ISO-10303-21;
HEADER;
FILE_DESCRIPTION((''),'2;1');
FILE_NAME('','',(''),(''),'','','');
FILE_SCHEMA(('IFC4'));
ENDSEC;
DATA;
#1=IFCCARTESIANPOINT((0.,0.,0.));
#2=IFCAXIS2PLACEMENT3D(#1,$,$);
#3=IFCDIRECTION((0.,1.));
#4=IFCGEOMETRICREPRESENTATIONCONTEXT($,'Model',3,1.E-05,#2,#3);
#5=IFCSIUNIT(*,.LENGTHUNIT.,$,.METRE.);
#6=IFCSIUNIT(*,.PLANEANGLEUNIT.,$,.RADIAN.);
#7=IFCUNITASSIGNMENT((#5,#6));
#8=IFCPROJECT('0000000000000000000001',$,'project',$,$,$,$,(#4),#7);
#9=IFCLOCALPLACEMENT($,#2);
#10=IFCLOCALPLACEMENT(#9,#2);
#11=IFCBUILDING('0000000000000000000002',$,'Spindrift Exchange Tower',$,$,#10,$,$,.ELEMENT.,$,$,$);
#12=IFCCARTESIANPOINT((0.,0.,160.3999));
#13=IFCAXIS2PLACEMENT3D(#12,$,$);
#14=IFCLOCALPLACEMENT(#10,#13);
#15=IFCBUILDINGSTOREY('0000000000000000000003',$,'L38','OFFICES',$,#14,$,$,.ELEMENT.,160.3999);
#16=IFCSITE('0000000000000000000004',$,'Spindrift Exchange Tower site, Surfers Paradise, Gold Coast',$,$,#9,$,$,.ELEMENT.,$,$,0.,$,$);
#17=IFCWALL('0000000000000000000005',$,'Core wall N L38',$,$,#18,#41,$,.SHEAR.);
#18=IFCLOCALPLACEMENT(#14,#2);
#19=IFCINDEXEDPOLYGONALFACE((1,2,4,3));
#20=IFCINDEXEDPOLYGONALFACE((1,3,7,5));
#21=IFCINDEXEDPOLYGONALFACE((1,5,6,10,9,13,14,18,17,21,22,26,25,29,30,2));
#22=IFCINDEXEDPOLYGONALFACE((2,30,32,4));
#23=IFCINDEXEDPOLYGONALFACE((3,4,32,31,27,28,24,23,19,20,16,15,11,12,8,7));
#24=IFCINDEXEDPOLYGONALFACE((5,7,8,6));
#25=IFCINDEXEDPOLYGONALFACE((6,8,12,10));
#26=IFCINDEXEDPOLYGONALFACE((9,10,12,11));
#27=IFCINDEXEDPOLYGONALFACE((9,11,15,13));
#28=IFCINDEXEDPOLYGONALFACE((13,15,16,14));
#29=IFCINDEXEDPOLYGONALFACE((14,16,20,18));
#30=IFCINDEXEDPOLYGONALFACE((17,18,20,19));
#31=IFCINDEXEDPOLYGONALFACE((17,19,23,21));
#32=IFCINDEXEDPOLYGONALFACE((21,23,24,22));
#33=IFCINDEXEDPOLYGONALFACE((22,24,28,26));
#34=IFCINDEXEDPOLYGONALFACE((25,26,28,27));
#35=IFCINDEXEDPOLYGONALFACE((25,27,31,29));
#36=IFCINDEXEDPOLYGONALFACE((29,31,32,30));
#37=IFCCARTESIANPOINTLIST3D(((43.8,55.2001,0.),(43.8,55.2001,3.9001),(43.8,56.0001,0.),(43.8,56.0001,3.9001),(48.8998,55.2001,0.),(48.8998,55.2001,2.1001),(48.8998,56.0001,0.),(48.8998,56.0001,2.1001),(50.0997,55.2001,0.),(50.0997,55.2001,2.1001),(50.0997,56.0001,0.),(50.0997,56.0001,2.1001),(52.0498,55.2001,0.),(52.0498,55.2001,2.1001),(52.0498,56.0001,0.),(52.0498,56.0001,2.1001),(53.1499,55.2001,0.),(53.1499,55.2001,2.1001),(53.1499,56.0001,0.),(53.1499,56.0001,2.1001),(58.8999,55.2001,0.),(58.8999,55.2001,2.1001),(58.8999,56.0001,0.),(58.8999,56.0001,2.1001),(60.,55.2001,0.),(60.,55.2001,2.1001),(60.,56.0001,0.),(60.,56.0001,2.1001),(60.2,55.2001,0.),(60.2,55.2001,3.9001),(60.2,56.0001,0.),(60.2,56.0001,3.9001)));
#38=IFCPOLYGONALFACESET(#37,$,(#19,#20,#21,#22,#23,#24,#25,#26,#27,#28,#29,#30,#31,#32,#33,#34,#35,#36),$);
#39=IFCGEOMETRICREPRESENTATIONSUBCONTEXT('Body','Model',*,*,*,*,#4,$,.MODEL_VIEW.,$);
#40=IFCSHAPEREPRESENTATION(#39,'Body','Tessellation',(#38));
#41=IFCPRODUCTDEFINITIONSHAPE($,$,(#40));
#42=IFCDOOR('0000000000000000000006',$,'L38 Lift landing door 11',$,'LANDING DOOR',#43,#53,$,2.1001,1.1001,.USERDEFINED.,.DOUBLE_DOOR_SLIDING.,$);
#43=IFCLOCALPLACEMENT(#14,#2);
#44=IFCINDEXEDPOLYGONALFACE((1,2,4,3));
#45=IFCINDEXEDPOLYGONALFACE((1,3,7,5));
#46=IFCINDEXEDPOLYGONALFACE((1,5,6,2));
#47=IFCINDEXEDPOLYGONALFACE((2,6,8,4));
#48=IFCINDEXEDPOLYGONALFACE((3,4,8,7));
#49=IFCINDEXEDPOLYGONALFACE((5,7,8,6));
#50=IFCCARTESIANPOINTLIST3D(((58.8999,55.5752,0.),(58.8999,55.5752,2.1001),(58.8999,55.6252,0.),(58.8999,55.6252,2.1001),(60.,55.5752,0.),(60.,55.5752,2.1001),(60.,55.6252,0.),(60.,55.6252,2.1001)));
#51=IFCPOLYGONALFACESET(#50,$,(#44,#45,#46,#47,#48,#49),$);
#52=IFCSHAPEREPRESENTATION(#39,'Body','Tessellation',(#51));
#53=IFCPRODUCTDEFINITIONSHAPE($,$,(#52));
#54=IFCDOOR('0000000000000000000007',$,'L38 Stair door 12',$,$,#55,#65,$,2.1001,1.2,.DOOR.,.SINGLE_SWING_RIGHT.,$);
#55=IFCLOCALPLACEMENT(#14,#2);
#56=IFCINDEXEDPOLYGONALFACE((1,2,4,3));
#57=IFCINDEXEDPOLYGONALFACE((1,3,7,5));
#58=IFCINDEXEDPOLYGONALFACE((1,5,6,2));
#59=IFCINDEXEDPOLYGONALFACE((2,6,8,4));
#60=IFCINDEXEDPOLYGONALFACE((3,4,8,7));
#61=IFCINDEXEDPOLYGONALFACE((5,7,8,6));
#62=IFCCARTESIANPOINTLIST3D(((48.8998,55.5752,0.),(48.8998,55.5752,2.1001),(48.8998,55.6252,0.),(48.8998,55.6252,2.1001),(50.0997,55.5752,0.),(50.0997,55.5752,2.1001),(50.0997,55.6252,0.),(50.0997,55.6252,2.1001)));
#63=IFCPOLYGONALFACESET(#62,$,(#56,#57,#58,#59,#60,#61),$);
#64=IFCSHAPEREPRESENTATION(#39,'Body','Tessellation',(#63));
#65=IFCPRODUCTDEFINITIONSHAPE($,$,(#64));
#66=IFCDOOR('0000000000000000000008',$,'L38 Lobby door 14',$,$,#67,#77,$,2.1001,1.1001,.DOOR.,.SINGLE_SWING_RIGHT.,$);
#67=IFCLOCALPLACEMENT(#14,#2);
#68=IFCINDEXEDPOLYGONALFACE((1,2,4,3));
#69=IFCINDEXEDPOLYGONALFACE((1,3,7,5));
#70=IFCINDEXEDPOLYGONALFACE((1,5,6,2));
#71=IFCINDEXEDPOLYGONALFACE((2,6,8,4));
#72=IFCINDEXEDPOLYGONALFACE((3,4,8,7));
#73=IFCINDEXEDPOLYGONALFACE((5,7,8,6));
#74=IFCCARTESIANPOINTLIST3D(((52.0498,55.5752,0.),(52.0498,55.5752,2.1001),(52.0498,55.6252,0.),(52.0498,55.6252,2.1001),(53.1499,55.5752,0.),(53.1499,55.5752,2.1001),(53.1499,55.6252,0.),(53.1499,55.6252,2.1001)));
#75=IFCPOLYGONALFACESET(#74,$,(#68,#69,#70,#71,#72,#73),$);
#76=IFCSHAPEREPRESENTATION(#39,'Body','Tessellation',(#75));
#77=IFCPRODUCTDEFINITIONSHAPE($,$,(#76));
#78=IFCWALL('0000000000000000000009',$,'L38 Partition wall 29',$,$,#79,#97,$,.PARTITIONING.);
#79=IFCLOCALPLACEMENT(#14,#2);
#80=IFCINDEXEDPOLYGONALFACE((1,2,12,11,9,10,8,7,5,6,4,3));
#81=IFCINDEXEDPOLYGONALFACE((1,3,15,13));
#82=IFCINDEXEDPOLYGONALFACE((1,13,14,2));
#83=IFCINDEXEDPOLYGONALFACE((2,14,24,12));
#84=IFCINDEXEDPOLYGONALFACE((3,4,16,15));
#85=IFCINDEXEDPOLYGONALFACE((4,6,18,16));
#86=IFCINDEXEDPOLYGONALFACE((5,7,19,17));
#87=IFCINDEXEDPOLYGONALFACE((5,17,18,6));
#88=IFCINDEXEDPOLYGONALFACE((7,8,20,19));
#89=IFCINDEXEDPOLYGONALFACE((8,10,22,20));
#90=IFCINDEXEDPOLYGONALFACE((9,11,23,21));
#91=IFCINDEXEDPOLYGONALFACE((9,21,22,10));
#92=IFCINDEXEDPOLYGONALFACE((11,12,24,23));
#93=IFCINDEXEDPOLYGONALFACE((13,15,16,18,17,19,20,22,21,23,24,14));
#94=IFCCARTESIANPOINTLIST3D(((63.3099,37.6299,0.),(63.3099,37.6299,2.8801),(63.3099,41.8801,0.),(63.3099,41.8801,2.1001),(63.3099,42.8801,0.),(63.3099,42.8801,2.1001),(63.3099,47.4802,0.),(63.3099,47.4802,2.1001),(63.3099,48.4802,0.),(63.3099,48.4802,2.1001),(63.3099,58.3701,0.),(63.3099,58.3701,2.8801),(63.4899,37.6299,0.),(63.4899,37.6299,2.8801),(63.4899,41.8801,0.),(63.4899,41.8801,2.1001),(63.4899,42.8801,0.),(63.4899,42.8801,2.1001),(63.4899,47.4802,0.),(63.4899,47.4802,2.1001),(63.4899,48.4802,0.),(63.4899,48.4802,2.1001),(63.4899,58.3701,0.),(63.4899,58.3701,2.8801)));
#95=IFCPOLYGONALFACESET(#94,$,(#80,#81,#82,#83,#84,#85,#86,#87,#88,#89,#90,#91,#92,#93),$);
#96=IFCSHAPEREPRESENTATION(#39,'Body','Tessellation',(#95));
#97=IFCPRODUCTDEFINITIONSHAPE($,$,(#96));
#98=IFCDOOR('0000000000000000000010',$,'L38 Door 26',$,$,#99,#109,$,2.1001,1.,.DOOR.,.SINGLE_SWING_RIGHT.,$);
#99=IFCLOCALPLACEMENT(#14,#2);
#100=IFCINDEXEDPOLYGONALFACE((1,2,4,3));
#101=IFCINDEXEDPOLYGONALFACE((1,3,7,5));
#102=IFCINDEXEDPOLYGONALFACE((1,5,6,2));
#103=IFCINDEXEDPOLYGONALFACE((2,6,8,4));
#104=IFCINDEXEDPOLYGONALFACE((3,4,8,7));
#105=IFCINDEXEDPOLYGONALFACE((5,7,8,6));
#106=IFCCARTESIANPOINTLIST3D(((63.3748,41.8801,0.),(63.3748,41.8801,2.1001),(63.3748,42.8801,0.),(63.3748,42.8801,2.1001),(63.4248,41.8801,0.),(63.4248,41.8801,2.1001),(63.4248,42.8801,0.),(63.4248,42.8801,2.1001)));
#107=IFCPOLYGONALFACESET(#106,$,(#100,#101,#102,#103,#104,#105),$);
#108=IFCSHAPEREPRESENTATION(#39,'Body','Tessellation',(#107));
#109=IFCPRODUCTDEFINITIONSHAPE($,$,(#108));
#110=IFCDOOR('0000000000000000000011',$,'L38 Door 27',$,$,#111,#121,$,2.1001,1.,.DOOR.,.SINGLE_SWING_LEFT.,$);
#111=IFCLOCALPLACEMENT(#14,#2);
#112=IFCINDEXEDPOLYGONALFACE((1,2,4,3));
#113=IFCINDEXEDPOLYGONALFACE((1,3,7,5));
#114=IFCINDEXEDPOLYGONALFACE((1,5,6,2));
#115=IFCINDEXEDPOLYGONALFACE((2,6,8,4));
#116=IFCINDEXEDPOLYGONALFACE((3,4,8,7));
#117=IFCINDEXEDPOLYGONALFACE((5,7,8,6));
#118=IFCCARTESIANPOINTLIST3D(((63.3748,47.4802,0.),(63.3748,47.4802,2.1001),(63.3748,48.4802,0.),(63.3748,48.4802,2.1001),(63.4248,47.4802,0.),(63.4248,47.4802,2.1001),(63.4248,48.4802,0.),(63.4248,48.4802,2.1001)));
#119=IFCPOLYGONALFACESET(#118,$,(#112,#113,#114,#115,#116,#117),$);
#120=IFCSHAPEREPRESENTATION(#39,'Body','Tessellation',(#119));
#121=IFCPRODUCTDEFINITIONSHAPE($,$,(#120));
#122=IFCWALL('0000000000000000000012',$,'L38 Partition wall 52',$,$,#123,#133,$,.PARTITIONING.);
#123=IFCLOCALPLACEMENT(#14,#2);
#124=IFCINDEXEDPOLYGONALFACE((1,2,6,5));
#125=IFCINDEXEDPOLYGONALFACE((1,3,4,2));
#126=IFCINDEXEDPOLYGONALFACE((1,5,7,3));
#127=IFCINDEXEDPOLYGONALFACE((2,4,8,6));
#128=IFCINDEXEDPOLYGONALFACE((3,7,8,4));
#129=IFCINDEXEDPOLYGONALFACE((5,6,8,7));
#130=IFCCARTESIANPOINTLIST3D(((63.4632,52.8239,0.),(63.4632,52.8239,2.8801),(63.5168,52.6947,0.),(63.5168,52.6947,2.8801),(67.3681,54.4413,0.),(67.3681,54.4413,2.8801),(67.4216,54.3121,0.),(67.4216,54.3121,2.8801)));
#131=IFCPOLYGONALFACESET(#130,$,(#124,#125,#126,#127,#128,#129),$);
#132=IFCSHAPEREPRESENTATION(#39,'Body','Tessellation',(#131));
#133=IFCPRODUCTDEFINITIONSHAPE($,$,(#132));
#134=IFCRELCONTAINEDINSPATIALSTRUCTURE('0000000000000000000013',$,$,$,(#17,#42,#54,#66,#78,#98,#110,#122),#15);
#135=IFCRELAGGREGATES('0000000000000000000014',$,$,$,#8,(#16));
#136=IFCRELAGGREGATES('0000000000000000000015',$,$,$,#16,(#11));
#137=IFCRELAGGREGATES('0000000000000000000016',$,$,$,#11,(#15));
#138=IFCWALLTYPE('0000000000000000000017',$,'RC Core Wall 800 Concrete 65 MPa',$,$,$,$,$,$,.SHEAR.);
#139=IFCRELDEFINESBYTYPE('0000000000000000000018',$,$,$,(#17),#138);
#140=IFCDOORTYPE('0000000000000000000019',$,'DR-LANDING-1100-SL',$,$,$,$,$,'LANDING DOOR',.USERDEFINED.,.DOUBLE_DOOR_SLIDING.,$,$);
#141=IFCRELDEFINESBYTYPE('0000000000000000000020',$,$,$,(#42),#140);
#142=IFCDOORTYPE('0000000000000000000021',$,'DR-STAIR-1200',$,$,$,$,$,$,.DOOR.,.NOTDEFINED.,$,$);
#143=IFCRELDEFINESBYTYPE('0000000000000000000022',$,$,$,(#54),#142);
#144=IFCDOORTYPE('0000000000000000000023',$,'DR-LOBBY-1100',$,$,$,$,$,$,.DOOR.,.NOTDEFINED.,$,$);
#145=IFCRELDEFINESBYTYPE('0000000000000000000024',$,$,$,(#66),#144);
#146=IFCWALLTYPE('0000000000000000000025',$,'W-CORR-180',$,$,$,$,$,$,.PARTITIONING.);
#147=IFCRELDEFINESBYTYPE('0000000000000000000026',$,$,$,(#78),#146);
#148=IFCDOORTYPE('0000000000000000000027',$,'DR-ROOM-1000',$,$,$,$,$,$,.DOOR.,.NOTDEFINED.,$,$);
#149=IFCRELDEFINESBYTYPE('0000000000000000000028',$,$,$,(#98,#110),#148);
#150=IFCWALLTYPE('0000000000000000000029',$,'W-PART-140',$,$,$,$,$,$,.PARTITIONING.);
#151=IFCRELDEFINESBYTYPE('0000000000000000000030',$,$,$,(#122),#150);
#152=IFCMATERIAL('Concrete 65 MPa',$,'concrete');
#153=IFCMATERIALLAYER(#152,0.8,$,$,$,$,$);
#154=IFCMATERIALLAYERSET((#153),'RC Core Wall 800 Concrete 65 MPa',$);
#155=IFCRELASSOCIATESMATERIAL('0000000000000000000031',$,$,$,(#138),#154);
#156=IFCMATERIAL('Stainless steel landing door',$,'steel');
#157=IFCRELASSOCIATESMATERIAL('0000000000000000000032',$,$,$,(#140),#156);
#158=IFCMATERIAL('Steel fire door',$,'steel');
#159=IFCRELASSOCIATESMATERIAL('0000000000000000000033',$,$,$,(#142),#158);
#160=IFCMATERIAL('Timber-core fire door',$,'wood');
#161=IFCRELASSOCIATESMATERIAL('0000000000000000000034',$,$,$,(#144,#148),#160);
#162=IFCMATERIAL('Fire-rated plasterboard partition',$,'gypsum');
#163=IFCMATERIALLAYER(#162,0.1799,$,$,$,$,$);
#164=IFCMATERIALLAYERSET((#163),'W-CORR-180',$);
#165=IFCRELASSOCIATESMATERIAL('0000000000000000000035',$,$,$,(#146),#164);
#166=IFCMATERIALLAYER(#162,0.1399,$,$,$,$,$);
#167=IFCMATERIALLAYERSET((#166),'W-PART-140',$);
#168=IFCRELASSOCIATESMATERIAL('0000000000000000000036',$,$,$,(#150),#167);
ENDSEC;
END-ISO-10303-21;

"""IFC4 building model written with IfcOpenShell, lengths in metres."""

from ifc_helpers import new_model, si_unit, direction, frame, frame_2d, origin, place, context, subcontext, project, spatial, rectangle, extrude, source, transform, mapped, material, layer, layer_set, type_object, element, fill, save


model = new_model("IFC4")

# Units and contexts
model_context = context("Model", 3, precision=1e-05, world=origin(), true_north=direction((0.0, 1.0)))
body_context = subcontext(model_context, "Body", "Model", "MODEL_VIEW")
ifc_project = project(units=[si_unit("LENGTHUNIT", "METRE"), si_unit("PLANEANGLEUNIT", "RADIAN")], contexts=[model_context])

# Site, building, storey
site_placement = place(None, origin())
site = spatial("IfcSite", under=ifc_project, at=site_placement, Name="Spindrift Exchange Tower site, Surfers Paradise, Gold Coast", CompositionType="ELEMENT", RefElevation=0.0)
building_placement = place(site_placement, origin())
building = spatial("IfcBuilding", under=site, at=building_placement, Name="Spindrift Exchange Tower", CompositionType="ELEMENT")
storey_placement = place(building_placement, frame((0.0, 0.0, 160.3999)))
storey = spatial("IfcBuildingStorey", under=building, at=storey_placement, Name="L38", Description="OFFICES", CompositionType="ELEMENT", Elevation=160.3999)

# Walls, openings, doors
ifc_material_1 = material(Name="Concrete 65 MPa", Category="concrete")
ifc_layer_1 = layer(ifc_material_1, 0.8)
ifc_layer_set_1 = layer_set([ifc_layer_1], Name="RC Core Wall 800 Concrete 65 MPa")
wall_type_1 = type_object("IfcWallType", Name="RC Core Wall 800 Concrete 65 MPa", PredefinedType="SHEAR", material=ifc_layer_set_1)
wall_1_placement = place(storey_placement, frame((60.2, 55.6001, 0.0), z_axis=(0.0, 0.0, 1.0), x_axis=(-1.0, 0.0, 0.0)))
wall_1 = element("IfcWall", 1, at=wall_1_placement, inside=storey, type_object=wall_type_1, Name="Core wall N L38", PredefinedType="SHEAR", context=body_context, shape_type="SweptSolid", body=[
    extrude(rectangle(XDim=16.3999, YDim=0.8, at=frame_2d((8.2, 0.0))), origin(), (0.0, 0.0, 1.0), 3.9001),
])
opening_1_placement = place(wall_1_placement, frame((0.2, 0.0, 0.0)))
opening_1 = element("IfcOpeningElement", 2, at=opening_1_placement, cuts=wall_1, PredefinedType="OPENING", context=body_context, shape_type="SweptSolid", body=[
    extrude(rectangle(XDim=1.1001, YDim=2.1001, at=frame_2d((0.55, 1.05))), frame((0.0, 0.4099, 0.0), z_axis=(0.0, -1.0, 0.0), x_axis=(1.0, 0.0, 0.0)), (0.0, 0.0, 1.0), 0.8201),
])
opening_2_placement = place(wall_1_placement, frame((10.1001, 0.0, 0.0)))
opening_2 = element("IfcOpeningElement", 3, at=opening_2_placement, cuts=wall_1, PredefinedType="OPENING", context=body_context, shape_type="SweptSolid", body=[
    extrude(rectangle(XDim=1.2, YDim=2.1001, at=frame_2d((0.6001, 1.05))), frame((0.0, 0.4099, 0.0), z_axis=(0.0, -1.0, 0.0), x_axis=(1.0, 0.0, 0.0)), (0.0, 0.0, 1.0), 0.8201),
])
opening_3_placement = place(wall_1_placement, frame((7.05, 0.0, 0.0)))
opening_3 = element("IfcOpeningElement", 4, at=opening_3_placement, cuts=wall_1, PredefinedType="OPENING", context=body_context, shape_type="SweptSolid", body=[
    extrude(rectangle(XDim=1.1001, YDim=2.1001, at=frame_2d((0.55, 1.05))), frame((0.0, 0.4099, 0.0), z_axis=(0.0, -1.0, 0.0), x_axis=(1.0, 0.0, 0.0)), (0.0, 0.0, 1.0), 0.8201),
])
ifc_material_2 = material(Name="Stainless steel landing door", Category="steel")
door_type_1 = type_object("IfcDoorType", Name="DR-LANDING-1100-SL", ElementType="LANDING DOOR", OperationType="DOUBLE_DOOR_SLIDING", PredefinedType="USERDEFINED", material=ifc_material_2)
shared_shape_1 = source(origin(), body_context, "Body", "SweptSolid", [
    extrude(rectangle(XDim=1.1001, YDim=2.1001, at=frame_2d((0.55, 1.05))), frame((0.0, 0.0249, 0.0), z_axis=(0.0, -1.0, 0.0), x_axis=(1.0, 0.0, 0.0)), (0.0, 0.0, 1.0), 0.05),
])
door_1_placement = place(opening_1_placement, origin())
door_1 = element("IfcDoor", 5, at=door_1_placement, inside=storey, type_object=door_type_1, Name="L38 Lift landing door 11", ObjectType="LANDING DOOR", OperationType="DOUBLE_DOOR_SLIDING", OverallHeight=2.1001, OverallWidth=1.1001, PredefinedType="USERDEFINED", context=body_context, shape_type="MappedRepresentation", body=[
    mapped(shared_shape_1, transform((0.0, 0.0, 0.0), scale=1.0)),
])
fill(opening_1, door_1)
ifc_material_3 = material(Name="Steel fire door", Category="steel")
door_type_2 = type_object("IfcDoorType", Name="DR-STAIR-1200", OperationType="NOTDEFINED", PredefinedType="DOOR", material=ifc_material_3)
shared_shape_2 = source(origin(), body_context, "Body", "SweptSolid", [
    extrude(rectangle(XDim=1.2, YDim=2.1001, at=frame_2d((0.6001, 1.05))), frame((0.0, 0.0249, 0.0), z_axis=(0.0, -1.0, 0.0), x_axis=(1.0, 0.0, 0.0)), (0.0, 0.0, 1.0), 0.05),
])
door_2_placement = place(opening_2_placement, origin())
door_2 = element("IfcDoor", 6, at=door_2_placement, inside=storey, type_object=door_type_2, Name="L38 Stair door 12", OperationType="SINGLE_SWING_RIGHT", OverallHeight=2.1001, OverallWidth=1.2, PredefinedType="DOOR", context=body_context, shape_type="MappedRepresentation", body=[
    mapped(shared_shape_2, transform((0.0, 0.0, 0.0), scale=1.0)),
])
fill(opening_2, door_2)
ifc_material_4 = material(Name="Timber-core fire door", Category="wood")
door_type_3 = type_object("IfcDoorType", Name="DR-LOBBY-1100", OperationType="NOTDEFINED", PredefinedType="DOOR", material=ifc_material_4)
shared_shape_3 = source(origin(), body_context, "Body", "SweptSolid", [
    extrude(rectangle(XDim=1.1001, YDim=2.1001, at=frame_2d((0.55, 1.05))), frame((0.0, 0.0249, 0.0), z_axis=(0.0, -1.0, 0.0), x_axis=(1.0, 0.0, 0.0)), (0.0, 0.0, 1.0), 0.05),
])
door_3_placement = place(opening_3_placement, origin())
door_3 = element("IfcDoor", 7, at=door_3_placement, inside=storey, type_object=door_type_3, Name="L38 Lobby door 14", OperationType="SINGLE_SWING_RIGHT", OverallHeight=2.1001, OverallWidth=1.1001, PredefinedType="DOOR", context=body_context, shape_type="MappedRepresentation", body=[
    mapped(shared_shape_3, transform((0.0, 0.0, 0.0), scale=1.0)),
])
fill(opening_3, door_3)
ifc_material_5 = material(Name="Fire-rated plasterboard partition", Category="gypsum")
ifc_layer_2 = layer(ifc_material_5, 0.1799)
ifc_layer_set_2 = layer_set([ifc_layer_2], Name="W-CORR-180")
wall_type_2 = type_object("IfcWallType", Name="W-CORR-180", PredefinedType="PARTITIONING", material=ifc_layer_set_2)
wall_2_placement = place(storey_placement, frame((63.3999, 58.3701, 0.0), z_axis=(0.0, 0.0, 1.0), x_axis=(0.0, -1.0, 0.0)))
wall_2 = element("IfcWall", 8, at=wall_2_placement, inside=storey, type_object=wall_type_2, Name="L38 Partition wall 29", PredefinedType="PARTITIONING", context=body_context, shape_type="SweptSolid", body=[
    extrude(rectangle(XDim=20.7402, YDim=0.1799, at=frame_2d((10.3701, 0.0))), origin(), (0.0, 0.0, 1.0), 2.8801),
])
opening_4_placement = place(wall_2_placement, frame((15.49, 0.0, 0.0)))
opening_4 = element("IfcOpeningElement", 9, at=opening_4_placement, cuts=wall_2, PredefinedType="OPENING", context=body_context, shape_type="SweptSolid", body=[
    extrude(rectangle(XDim=1.0, YDim=2.1001, at=frame_2d((0.5, 1.05))), frame((0.0, 0.0999, 0.0), z_axis=(0.0, -1.0, 0.0), x_axis=(1.0, 0.0, 0.0)), (0.0, 0.0, 1.0), 0.2),
])
opening_5_placement = place(wall_2_placement, frame((9.8899, 0.0, 0.0)))
opening_5 = element("IfcOpeningElement", 10, at=opening_5_placement, cuts=wall_2, PredefinedType="OPENING", context=body_context, shape_type="SweptSolid", body=[
    extrude(rectangle(XDim=1.0, YDim=2.1001, at=frame_2d((0.5, 1.05))), frame((0.0, 0.0999, 0.0), z_axis=(0.0, -1.0, 0.0), x_axis=(1.0, 0.0, 0.0)), (0.0, 0.0, 1.0), 0.2),
])
door_type_4 = type_object("IfcDoorType", Name="DR-ROOM-1000", OperationType="NOTDEFINED", PredefinedType="DOOR", material=ifc_material_4)
shared_shape_4 = source(origin(), body_context, "Body", "SweptSolid", [
    extrude(rectangle(XDim=1.0, YDim=2.1001, at=frame_2d((0.5, 1.05))), frame((0.0, 0.0249, 0.0), z_axis=(0.0, -1.0, 0.0), x_axis=(1.0, 0.0, 0.0)), (0.0, 0.0, 1.0), 0.05),
])
door_4_placement = place(opening_4_placement, origin())
door_4 = element("IfcDoor", 11, at=door_4_placement, inside=storey, type_object=door_type_4, Name="L38 Door 26", OperationType="SINGLE_SWING_RIGHT", OverallHeight=2.1001, OverallWidth=1.0, PredefinedType="DOOR", context=body_context, shape_type="MappedRepresentation", body=[
    mapped(shared_shape_4, transform((0.0, 0.0, 0.0), scale=1.0)),
])
fill(opening_4, door_4)
door_5_placement = place(opening_5_placement, origin())
door_5 = element("IfcDoor", 12, at=door_5_placement, inside=storey, type_object=door_type_4, Name="L38 Door 27", OperationType="SINGLE_SWING_LEFT", OverallHeight=2.1001, OverallWidth=1.0, PredefinedType="DOOR", context=body_context, shape_type="MappedRepresentation", body=[
    mapped(shared_shape_4, transform((0.0, 0.0, 0.0), scale=1.0)),
])
fill(opening_5, door_5)

# Wall
ifc_layer_3 = layer(ifc_material_5, 0.1399)
ifc_layer_set_3 = layer_set([ifc_layer_3], Name="W-PART-140")
wall_type_3 = type_object("IfcWallType", Name="W-PART-140", PredefinedType="PARTITIONING", material=ifc_layer_set_3)
wall_3_placement = place(storey_placement, frame((63.49, 52.7593, 0.0), z_axis=(0.0, 0.0, 1.0), x_axis=(0.923878, 0.382687, 0.0)))
element("IfcWall", 13, at=wall_3_placement, inside=storey, type_object=wall_type_3, Name="L38 Partition wall 52", PredefinedType="PARTITIONING", context=body_context, shape_type="SweptSolid", body=[
    extrude(rectangle(XDim=4.2266, YDim=0.1399, at=frame_2d((2.1133, 0.0))), origin(), (0.0, 0.0, 1.0), 2.8801),
])

save(model, "model.ifc")
